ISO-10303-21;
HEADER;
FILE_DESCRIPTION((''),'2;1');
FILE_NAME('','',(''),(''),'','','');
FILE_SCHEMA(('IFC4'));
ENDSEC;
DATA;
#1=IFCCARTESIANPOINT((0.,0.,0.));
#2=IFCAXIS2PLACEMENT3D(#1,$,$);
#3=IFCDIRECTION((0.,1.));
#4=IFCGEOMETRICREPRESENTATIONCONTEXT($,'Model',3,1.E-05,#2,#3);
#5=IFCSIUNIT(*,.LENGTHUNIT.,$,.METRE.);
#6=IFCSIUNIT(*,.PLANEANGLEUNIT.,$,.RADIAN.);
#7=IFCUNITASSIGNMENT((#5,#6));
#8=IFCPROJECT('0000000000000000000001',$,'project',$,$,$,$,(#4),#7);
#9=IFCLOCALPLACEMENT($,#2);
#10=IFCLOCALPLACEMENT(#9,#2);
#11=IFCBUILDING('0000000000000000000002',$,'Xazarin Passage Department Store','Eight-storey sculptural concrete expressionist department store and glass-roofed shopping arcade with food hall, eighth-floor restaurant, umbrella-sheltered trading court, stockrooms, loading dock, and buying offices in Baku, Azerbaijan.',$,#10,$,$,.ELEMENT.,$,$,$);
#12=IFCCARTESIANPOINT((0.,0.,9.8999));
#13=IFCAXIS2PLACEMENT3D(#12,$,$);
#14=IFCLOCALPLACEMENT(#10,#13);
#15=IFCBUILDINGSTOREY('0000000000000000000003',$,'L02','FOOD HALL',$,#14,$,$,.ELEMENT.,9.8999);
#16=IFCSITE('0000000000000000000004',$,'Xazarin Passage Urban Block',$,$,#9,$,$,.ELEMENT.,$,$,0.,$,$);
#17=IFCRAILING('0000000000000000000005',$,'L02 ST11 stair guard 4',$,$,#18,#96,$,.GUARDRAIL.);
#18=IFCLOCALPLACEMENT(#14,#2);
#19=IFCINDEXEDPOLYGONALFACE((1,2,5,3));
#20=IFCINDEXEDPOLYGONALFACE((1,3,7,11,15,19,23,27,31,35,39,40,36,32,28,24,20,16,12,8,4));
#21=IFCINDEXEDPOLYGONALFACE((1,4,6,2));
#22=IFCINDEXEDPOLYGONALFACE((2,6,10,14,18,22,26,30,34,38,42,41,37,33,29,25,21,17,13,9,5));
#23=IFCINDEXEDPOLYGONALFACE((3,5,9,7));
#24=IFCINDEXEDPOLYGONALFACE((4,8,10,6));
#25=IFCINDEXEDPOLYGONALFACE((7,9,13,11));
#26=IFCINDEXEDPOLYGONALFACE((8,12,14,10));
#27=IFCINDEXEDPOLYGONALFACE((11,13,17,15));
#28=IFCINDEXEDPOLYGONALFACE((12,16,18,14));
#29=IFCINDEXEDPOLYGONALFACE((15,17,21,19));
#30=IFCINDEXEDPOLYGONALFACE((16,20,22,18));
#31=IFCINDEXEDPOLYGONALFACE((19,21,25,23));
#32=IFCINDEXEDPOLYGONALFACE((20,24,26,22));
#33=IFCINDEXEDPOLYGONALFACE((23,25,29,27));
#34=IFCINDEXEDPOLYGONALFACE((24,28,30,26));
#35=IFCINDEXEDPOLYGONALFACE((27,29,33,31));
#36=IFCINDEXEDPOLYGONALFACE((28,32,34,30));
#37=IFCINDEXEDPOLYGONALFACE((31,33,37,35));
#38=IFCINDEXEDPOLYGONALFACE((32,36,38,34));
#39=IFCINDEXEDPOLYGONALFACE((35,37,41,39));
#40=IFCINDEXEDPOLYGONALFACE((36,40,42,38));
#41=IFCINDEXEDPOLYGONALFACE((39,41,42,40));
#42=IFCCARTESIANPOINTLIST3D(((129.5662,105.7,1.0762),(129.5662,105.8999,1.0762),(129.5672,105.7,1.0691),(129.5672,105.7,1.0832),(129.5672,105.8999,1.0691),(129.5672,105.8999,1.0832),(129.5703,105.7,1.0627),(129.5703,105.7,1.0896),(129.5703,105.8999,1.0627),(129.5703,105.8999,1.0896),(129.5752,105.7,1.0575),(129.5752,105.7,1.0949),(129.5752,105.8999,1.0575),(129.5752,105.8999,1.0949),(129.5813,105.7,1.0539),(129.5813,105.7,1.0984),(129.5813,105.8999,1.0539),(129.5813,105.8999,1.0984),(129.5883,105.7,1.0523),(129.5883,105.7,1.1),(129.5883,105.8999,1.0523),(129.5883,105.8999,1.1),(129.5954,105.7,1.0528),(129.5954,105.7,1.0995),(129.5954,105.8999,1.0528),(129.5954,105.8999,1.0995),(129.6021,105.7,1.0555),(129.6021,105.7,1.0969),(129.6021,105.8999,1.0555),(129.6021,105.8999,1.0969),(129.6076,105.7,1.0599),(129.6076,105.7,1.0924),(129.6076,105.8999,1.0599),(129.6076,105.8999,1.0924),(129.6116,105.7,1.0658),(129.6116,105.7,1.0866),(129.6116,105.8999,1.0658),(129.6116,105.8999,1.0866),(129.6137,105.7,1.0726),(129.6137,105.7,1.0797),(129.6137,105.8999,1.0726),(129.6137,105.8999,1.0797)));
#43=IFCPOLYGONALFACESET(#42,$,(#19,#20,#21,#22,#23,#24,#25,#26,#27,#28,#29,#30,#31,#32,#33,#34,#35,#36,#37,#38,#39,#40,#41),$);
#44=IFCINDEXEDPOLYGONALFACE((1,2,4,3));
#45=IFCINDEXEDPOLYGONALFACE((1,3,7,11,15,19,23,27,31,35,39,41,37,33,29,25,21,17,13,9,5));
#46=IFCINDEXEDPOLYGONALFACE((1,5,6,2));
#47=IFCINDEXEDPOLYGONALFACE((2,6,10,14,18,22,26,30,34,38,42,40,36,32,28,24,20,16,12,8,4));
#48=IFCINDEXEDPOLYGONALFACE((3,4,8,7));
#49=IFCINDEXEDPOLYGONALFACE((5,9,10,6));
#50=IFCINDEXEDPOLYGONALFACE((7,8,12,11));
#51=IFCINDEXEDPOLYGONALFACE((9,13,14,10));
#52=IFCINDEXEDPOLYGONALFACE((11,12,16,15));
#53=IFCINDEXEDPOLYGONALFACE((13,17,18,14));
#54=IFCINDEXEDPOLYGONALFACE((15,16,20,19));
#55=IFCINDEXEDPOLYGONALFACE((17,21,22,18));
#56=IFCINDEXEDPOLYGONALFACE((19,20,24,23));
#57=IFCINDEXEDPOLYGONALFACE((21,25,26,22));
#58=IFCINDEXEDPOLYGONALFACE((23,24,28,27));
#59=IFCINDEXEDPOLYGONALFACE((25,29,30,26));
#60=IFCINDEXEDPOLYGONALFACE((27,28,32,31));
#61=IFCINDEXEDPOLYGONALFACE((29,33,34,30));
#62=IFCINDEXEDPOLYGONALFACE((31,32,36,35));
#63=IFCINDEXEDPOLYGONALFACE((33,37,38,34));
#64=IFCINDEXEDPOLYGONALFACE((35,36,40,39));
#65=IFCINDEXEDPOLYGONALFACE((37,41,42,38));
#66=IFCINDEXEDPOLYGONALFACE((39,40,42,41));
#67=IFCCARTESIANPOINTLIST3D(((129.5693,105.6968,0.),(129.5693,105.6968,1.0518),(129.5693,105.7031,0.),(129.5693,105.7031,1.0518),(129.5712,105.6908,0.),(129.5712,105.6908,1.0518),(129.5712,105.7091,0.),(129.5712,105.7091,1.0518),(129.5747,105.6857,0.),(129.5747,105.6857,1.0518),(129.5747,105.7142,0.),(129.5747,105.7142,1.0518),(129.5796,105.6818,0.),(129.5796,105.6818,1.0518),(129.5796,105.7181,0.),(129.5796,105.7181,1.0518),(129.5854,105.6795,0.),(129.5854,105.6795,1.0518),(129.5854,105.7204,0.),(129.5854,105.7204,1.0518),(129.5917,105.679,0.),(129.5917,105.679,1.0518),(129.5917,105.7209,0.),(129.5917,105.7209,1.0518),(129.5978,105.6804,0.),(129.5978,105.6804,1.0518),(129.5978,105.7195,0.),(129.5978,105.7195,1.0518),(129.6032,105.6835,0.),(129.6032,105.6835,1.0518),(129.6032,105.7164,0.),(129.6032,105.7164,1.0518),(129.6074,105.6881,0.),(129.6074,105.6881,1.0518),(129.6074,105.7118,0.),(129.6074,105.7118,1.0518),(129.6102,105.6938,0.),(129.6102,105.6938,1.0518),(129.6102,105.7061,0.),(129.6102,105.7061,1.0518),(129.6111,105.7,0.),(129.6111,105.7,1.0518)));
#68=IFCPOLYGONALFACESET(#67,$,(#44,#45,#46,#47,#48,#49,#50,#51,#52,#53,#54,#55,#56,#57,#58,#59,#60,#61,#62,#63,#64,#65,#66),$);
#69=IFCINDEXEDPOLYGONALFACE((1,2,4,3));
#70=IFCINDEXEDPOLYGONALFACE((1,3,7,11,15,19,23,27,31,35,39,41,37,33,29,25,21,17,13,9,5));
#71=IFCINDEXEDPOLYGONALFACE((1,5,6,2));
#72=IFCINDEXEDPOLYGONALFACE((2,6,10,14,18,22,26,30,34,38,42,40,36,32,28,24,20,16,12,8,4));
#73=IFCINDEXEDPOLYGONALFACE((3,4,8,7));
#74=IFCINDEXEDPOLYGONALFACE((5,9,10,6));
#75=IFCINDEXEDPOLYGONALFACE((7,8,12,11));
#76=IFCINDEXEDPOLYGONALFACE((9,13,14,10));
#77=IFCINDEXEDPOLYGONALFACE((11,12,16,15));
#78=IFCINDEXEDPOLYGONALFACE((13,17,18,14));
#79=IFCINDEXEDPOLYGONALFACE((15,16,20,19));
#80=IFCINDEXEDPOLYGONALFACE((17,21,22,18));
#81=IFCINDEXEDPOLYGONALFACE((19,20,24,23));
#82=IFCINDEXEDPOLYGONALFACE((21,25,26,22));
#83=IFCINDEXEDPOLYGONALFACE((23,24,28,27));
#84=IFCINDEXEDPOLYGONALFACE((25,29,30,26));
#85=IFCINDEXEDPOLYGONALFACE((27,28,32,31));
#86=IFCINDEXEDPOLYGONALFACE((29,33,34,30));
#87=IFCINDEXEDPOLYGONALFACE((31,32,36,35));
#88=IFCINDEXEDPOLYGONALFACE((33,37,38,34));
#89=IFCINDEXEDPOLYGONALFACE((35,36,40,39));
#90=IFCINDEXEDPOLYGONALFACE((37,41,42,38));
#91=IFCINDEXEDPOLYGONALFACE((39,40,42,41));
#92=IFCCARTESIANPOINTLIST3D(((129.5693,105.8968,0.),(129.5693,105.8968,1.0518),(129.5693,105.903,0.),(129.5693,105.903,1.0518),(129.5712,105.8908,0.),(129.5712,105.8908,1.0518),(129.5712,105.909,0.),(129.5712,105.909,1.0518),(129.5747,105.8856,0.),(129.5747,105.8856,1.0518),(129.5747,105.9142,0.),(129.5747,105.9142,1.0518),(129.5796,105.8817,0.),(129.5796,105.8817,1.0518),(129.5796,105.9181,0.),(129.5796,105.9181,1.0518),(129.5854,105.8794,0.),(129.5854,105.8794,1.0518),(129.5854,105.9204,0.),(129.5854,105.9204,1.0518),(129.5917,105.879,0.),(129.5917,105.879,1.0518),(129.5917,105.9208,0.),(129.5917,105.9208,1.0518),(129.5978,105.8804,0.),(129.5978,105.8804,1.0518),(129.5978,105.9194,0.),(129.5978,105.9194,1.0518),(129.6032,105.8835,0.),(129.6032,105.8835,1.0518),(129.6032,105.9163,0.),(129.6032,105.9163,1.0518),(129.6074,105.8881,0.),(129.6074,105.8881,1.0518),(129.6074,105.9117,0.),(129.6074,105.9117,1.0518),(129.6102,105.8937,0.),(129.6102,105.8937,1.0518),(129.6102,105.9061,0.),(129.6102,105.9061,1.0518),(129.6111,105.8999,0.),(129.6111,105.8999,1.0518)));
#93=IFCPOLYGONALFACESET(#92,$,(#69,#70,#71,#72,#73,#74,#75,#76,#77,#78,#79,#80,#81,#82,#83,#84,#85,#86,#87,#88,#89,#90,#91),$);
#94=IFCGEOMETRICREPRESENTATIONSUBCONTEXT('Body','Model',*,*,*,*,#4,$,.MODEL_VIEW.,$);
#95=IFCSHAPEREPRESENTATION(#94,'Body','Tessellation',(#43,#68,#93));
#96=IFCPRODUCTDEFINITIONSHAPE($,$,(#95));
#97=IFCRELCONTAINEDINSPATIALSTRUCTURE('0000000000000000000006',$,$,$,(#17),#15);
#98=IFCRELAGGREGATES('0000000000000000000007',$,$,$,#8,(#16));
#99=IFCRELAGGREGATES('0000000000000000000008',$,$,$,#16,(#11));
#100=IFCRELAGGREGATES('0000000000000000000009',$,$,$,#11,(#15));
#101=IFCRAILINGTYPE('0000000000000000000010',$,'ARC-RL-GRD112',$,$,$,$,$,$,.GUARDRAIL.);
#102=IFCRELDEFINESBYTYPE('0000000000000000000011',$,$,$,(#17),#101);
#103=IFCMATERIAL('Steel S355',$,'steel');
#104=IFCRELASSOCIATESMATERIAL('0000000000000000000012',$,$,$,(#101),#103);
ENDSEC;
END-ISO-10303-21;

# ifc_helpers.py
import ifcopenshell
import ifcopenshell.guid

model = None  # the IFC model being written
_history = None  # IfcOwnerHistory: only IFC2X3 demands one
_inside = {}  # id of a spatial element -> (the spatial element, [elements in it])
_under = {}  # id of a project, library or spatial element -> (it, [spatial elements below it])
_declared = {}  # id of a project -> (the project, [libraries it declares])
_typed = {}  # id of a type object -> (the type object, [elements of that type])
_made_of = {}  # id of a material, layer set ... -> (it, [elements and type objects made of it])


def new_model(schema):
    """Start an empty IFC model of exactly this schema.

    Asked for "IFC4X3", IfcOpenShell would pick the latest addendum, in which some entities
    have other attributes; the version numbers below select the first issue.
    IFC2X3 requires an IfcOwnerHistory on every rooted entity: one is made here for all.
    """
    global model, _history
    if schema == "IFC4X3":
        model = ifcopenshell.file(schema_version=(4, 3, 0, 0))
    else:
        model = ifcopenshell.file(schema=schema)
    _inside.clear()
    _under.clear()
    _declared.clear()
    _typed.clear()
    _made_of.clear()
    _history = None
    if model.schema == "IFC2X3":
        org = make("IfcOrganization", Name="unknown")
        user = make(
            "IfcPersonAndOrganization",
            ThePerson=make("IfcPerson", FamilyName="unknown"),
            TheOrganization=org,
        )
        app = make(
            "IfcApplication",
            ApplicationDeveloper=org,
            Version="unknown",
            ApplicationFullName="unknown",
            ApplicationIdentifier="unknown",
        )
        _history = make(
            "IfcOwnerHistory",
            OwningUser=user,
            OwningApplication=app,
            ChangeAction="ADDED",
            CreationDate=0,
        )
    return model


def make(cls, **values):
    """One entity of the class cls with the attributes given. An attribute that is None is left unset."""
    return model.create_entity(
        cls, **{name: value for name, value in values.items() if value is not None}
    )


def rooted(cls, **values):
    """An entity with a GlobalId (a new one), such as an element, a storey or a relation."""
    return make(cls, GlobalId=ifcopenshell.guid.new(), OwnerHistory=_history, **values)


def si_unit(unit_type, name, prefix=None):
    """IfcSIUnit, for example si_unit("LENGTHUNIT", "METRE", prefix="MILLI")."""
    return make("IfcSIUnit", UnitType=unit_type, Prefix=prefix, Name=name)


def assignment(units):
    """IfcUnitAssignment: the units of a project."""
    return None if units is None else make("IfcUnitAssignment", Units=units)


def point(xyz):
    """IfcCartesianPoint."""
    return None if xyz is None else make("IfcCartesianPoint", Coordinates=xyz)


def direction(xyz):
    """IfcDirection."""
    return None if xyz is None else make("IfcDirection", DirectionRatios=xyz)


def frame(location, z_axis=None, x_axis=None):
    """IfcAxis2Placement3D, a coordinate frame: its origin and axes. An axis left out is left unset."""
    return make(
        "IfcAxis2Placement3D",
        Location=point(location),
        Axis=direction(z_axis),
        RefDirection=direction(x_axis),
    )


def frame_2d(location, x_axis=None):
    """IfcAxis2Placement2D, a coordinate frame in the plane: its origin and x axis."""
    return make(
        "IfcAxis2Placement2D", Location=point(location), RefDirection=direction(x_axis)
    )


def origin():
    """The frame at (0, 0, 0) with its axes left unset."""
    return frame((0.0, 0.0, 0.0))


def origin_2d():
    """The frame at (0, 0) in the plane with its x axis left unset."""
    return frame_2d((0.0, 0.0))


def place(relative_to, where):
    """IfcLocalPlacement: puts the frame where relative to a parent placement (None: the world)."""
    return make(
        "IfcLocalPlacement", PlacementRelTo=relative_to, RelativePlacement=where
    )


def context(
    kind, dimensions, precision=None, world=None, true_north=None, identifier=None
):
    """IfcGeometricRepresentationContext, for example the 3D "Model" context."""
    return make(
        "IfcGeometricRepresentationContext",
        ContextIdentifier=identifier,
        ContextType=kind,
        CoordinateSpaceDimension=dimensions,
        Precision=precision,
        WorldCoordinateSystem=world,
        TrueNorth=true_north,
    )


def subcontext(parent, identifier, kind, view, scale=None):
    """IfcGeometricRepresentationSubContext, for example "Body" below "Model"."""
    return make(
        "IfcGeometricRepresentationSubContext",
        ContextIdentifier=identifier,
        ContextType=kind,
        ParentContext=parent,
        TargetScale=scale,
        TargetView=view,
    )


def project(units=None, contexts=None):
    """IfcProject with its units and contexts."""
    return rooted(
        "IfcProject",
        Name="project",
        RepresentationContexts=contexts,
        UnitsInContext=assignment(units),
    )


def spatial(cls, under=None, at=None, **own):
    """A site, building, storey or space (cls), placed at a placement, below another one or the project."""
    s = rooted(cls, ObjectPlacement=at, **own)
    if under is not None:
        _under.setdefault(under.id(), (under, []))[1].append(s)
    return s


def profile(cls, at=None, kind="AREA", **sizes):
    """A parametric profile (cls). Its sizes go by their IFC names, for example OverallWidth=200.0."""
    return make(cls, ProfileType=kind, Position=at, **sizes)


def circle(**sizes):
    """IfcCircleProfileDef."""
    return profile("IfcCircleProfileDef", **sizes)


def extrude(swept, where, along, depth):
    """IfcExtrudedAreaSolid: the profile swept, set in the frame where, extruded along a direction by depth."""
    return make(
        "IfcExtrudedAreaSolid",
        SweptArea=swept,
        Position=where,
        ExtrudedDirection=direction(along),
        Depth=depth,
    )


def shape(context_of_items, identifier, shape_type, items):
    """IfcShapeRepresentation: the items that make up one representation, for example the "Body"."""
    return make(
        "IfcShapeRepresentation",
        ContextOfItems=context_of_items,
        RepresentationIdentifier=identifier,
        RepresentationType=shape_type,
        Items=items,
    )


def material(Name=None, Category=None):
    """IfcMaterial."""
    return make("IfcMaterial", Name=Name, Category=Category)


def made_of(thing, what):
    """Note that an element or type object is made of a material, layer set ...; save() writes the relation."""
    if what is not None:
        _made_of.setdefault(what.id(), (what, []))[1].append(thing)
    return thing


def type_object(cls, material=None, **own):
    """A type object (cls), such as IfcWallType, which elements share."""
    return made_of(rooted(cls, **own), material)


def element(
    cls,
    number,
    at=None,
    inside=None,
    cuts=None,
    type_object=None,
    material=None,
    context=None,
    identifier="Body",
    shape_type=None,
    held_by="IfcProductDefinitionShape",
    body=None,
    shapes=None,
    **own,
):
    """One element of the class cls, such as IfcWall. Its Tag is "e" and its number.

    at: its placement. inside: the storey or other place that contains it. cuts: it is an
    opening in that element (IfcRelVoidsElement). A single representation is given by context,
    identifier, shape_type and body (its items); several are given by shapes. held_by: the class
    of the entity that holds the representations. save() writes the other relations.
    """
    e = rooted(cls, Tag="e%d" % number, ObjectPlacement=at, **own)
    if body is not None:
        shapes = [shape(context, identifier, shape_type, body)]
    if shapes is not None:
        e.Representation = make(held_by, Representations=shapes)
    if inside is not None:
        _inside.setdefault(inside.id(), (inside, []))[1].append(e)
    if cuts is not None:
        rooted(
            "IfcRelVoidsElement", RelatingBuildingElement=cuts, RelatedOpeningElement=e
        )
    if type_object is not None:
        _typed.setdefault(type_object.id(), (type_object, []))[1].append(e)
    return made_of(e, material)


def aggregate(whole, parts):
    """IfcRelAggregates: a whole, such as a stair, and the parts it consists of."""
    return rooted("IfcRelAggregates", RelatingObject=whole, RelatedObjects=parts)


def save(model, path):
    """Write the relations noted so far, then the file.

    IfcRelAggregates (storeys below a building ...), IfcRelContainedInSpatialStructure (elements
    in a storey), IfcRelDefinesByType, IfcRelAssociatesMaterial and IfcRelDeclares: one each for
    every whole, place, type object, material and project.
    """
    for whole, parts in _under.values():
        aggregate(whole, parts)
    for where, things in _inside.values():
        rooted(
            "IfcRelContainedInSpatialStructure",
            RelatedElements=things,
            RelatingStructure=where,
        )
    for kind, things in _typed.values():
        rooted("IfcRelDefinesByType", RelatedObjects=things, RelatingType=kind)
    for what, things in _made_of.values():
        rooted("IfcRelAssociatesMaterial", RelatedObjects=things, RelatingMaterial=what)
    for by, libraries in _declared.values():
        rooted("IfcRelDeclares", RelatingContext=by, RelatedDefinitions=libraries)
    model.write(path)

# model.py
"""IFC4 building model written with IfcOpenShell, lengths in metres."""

from ifc_helpers import new_model, si_unit, direction, frame, origin, origin_2d, place, context, subcontext, project, spatial, circle, extrude, material, type_object, element, save


model = new_model("IFC4")

# Units and contexts
model_context = context("Model", 3, precision=1e-05, world=origin(), true_north=direction((0.0, 1.0)))
body_context = subcontext(model_context, "Body", "Model", "MODEL_VIEW")
ifc_project = project(units=[si_unit("LENGTHUNIT", "METRE"), si_unit("PLANEANGLEUNIT", "RADIAN")], contexts=[model_context])

# Site, building, storey
site_placement = place(None, origin())
site = spatial("IfcSite", under=ifc_project, at=site_placement, Name="Xazarin Passage Urban Block", CompositionType="ELEMENT", RefElevation=0.0)
building_placement = place(site_placement, origin())
building = spatial("IfcBuilding", under=site, at=building_placement, Name="Xazarin Passage Department Store", Description="Eight-storey sculptural concrete expressionist department store and glass-roofed shopping arcade with food hall, eighth-floor restaurant, umbrella-sheltered trading court, stockrooms, loading dock, and buying offices in Baku, Azerbaijan.", CompositionType="ELEMENT")
storey_placement = place(building_placement, frame((0.0, 0.0, 9.8999)))
storey = spatial("IfcBuildingStorey", under=building, at=storey_placement, Name="L02", Description="FOOD HALL", CompositionType="ELEMENT", Elevation=9.8999)

# Shared definitions
ifc_material_1 = material(Name="Steel S355", Category="steel")

# Railing
railing_type_1 = type_object("IfcRailingType", Name="ARC-RL-GRD112", PredefinedType="GUARDRAIL", material=ifc_material_1)
railing_1_placement = place(storey_placement, frame((129.5901, 105.7, 0.0)))
element("IfcRailing", 1, at=railing_1_placement, inside=storey, type_object=railing_type_1, Name="L02 ST11 stair guard 4", PredefinedType="GUARDRAIL", context=body_context, shape_type="SweptSolid", body=[
    extrude(circle(Radius=0.0239, at=origin_2d()), frame((0.0, 0.0, 1.0762), z_axis=(0.0, 1.0, 0.0), x_axis=(-1.0, 0.0, 0.0)), (0.0, 0.0, 1.0), 0.2),
    extrude(circle(Radius=0.021, at=origin_2d()), origin(), (0.0, 0.0, 1.0), 1.0518),
    extrude(circle(Radius=0.021, at=origin_2d()), frame((0.0, 0.2, 0.0)), (0.0, 0.0, 1.0), 1.0518),
])

save(model, "model.ifc")
